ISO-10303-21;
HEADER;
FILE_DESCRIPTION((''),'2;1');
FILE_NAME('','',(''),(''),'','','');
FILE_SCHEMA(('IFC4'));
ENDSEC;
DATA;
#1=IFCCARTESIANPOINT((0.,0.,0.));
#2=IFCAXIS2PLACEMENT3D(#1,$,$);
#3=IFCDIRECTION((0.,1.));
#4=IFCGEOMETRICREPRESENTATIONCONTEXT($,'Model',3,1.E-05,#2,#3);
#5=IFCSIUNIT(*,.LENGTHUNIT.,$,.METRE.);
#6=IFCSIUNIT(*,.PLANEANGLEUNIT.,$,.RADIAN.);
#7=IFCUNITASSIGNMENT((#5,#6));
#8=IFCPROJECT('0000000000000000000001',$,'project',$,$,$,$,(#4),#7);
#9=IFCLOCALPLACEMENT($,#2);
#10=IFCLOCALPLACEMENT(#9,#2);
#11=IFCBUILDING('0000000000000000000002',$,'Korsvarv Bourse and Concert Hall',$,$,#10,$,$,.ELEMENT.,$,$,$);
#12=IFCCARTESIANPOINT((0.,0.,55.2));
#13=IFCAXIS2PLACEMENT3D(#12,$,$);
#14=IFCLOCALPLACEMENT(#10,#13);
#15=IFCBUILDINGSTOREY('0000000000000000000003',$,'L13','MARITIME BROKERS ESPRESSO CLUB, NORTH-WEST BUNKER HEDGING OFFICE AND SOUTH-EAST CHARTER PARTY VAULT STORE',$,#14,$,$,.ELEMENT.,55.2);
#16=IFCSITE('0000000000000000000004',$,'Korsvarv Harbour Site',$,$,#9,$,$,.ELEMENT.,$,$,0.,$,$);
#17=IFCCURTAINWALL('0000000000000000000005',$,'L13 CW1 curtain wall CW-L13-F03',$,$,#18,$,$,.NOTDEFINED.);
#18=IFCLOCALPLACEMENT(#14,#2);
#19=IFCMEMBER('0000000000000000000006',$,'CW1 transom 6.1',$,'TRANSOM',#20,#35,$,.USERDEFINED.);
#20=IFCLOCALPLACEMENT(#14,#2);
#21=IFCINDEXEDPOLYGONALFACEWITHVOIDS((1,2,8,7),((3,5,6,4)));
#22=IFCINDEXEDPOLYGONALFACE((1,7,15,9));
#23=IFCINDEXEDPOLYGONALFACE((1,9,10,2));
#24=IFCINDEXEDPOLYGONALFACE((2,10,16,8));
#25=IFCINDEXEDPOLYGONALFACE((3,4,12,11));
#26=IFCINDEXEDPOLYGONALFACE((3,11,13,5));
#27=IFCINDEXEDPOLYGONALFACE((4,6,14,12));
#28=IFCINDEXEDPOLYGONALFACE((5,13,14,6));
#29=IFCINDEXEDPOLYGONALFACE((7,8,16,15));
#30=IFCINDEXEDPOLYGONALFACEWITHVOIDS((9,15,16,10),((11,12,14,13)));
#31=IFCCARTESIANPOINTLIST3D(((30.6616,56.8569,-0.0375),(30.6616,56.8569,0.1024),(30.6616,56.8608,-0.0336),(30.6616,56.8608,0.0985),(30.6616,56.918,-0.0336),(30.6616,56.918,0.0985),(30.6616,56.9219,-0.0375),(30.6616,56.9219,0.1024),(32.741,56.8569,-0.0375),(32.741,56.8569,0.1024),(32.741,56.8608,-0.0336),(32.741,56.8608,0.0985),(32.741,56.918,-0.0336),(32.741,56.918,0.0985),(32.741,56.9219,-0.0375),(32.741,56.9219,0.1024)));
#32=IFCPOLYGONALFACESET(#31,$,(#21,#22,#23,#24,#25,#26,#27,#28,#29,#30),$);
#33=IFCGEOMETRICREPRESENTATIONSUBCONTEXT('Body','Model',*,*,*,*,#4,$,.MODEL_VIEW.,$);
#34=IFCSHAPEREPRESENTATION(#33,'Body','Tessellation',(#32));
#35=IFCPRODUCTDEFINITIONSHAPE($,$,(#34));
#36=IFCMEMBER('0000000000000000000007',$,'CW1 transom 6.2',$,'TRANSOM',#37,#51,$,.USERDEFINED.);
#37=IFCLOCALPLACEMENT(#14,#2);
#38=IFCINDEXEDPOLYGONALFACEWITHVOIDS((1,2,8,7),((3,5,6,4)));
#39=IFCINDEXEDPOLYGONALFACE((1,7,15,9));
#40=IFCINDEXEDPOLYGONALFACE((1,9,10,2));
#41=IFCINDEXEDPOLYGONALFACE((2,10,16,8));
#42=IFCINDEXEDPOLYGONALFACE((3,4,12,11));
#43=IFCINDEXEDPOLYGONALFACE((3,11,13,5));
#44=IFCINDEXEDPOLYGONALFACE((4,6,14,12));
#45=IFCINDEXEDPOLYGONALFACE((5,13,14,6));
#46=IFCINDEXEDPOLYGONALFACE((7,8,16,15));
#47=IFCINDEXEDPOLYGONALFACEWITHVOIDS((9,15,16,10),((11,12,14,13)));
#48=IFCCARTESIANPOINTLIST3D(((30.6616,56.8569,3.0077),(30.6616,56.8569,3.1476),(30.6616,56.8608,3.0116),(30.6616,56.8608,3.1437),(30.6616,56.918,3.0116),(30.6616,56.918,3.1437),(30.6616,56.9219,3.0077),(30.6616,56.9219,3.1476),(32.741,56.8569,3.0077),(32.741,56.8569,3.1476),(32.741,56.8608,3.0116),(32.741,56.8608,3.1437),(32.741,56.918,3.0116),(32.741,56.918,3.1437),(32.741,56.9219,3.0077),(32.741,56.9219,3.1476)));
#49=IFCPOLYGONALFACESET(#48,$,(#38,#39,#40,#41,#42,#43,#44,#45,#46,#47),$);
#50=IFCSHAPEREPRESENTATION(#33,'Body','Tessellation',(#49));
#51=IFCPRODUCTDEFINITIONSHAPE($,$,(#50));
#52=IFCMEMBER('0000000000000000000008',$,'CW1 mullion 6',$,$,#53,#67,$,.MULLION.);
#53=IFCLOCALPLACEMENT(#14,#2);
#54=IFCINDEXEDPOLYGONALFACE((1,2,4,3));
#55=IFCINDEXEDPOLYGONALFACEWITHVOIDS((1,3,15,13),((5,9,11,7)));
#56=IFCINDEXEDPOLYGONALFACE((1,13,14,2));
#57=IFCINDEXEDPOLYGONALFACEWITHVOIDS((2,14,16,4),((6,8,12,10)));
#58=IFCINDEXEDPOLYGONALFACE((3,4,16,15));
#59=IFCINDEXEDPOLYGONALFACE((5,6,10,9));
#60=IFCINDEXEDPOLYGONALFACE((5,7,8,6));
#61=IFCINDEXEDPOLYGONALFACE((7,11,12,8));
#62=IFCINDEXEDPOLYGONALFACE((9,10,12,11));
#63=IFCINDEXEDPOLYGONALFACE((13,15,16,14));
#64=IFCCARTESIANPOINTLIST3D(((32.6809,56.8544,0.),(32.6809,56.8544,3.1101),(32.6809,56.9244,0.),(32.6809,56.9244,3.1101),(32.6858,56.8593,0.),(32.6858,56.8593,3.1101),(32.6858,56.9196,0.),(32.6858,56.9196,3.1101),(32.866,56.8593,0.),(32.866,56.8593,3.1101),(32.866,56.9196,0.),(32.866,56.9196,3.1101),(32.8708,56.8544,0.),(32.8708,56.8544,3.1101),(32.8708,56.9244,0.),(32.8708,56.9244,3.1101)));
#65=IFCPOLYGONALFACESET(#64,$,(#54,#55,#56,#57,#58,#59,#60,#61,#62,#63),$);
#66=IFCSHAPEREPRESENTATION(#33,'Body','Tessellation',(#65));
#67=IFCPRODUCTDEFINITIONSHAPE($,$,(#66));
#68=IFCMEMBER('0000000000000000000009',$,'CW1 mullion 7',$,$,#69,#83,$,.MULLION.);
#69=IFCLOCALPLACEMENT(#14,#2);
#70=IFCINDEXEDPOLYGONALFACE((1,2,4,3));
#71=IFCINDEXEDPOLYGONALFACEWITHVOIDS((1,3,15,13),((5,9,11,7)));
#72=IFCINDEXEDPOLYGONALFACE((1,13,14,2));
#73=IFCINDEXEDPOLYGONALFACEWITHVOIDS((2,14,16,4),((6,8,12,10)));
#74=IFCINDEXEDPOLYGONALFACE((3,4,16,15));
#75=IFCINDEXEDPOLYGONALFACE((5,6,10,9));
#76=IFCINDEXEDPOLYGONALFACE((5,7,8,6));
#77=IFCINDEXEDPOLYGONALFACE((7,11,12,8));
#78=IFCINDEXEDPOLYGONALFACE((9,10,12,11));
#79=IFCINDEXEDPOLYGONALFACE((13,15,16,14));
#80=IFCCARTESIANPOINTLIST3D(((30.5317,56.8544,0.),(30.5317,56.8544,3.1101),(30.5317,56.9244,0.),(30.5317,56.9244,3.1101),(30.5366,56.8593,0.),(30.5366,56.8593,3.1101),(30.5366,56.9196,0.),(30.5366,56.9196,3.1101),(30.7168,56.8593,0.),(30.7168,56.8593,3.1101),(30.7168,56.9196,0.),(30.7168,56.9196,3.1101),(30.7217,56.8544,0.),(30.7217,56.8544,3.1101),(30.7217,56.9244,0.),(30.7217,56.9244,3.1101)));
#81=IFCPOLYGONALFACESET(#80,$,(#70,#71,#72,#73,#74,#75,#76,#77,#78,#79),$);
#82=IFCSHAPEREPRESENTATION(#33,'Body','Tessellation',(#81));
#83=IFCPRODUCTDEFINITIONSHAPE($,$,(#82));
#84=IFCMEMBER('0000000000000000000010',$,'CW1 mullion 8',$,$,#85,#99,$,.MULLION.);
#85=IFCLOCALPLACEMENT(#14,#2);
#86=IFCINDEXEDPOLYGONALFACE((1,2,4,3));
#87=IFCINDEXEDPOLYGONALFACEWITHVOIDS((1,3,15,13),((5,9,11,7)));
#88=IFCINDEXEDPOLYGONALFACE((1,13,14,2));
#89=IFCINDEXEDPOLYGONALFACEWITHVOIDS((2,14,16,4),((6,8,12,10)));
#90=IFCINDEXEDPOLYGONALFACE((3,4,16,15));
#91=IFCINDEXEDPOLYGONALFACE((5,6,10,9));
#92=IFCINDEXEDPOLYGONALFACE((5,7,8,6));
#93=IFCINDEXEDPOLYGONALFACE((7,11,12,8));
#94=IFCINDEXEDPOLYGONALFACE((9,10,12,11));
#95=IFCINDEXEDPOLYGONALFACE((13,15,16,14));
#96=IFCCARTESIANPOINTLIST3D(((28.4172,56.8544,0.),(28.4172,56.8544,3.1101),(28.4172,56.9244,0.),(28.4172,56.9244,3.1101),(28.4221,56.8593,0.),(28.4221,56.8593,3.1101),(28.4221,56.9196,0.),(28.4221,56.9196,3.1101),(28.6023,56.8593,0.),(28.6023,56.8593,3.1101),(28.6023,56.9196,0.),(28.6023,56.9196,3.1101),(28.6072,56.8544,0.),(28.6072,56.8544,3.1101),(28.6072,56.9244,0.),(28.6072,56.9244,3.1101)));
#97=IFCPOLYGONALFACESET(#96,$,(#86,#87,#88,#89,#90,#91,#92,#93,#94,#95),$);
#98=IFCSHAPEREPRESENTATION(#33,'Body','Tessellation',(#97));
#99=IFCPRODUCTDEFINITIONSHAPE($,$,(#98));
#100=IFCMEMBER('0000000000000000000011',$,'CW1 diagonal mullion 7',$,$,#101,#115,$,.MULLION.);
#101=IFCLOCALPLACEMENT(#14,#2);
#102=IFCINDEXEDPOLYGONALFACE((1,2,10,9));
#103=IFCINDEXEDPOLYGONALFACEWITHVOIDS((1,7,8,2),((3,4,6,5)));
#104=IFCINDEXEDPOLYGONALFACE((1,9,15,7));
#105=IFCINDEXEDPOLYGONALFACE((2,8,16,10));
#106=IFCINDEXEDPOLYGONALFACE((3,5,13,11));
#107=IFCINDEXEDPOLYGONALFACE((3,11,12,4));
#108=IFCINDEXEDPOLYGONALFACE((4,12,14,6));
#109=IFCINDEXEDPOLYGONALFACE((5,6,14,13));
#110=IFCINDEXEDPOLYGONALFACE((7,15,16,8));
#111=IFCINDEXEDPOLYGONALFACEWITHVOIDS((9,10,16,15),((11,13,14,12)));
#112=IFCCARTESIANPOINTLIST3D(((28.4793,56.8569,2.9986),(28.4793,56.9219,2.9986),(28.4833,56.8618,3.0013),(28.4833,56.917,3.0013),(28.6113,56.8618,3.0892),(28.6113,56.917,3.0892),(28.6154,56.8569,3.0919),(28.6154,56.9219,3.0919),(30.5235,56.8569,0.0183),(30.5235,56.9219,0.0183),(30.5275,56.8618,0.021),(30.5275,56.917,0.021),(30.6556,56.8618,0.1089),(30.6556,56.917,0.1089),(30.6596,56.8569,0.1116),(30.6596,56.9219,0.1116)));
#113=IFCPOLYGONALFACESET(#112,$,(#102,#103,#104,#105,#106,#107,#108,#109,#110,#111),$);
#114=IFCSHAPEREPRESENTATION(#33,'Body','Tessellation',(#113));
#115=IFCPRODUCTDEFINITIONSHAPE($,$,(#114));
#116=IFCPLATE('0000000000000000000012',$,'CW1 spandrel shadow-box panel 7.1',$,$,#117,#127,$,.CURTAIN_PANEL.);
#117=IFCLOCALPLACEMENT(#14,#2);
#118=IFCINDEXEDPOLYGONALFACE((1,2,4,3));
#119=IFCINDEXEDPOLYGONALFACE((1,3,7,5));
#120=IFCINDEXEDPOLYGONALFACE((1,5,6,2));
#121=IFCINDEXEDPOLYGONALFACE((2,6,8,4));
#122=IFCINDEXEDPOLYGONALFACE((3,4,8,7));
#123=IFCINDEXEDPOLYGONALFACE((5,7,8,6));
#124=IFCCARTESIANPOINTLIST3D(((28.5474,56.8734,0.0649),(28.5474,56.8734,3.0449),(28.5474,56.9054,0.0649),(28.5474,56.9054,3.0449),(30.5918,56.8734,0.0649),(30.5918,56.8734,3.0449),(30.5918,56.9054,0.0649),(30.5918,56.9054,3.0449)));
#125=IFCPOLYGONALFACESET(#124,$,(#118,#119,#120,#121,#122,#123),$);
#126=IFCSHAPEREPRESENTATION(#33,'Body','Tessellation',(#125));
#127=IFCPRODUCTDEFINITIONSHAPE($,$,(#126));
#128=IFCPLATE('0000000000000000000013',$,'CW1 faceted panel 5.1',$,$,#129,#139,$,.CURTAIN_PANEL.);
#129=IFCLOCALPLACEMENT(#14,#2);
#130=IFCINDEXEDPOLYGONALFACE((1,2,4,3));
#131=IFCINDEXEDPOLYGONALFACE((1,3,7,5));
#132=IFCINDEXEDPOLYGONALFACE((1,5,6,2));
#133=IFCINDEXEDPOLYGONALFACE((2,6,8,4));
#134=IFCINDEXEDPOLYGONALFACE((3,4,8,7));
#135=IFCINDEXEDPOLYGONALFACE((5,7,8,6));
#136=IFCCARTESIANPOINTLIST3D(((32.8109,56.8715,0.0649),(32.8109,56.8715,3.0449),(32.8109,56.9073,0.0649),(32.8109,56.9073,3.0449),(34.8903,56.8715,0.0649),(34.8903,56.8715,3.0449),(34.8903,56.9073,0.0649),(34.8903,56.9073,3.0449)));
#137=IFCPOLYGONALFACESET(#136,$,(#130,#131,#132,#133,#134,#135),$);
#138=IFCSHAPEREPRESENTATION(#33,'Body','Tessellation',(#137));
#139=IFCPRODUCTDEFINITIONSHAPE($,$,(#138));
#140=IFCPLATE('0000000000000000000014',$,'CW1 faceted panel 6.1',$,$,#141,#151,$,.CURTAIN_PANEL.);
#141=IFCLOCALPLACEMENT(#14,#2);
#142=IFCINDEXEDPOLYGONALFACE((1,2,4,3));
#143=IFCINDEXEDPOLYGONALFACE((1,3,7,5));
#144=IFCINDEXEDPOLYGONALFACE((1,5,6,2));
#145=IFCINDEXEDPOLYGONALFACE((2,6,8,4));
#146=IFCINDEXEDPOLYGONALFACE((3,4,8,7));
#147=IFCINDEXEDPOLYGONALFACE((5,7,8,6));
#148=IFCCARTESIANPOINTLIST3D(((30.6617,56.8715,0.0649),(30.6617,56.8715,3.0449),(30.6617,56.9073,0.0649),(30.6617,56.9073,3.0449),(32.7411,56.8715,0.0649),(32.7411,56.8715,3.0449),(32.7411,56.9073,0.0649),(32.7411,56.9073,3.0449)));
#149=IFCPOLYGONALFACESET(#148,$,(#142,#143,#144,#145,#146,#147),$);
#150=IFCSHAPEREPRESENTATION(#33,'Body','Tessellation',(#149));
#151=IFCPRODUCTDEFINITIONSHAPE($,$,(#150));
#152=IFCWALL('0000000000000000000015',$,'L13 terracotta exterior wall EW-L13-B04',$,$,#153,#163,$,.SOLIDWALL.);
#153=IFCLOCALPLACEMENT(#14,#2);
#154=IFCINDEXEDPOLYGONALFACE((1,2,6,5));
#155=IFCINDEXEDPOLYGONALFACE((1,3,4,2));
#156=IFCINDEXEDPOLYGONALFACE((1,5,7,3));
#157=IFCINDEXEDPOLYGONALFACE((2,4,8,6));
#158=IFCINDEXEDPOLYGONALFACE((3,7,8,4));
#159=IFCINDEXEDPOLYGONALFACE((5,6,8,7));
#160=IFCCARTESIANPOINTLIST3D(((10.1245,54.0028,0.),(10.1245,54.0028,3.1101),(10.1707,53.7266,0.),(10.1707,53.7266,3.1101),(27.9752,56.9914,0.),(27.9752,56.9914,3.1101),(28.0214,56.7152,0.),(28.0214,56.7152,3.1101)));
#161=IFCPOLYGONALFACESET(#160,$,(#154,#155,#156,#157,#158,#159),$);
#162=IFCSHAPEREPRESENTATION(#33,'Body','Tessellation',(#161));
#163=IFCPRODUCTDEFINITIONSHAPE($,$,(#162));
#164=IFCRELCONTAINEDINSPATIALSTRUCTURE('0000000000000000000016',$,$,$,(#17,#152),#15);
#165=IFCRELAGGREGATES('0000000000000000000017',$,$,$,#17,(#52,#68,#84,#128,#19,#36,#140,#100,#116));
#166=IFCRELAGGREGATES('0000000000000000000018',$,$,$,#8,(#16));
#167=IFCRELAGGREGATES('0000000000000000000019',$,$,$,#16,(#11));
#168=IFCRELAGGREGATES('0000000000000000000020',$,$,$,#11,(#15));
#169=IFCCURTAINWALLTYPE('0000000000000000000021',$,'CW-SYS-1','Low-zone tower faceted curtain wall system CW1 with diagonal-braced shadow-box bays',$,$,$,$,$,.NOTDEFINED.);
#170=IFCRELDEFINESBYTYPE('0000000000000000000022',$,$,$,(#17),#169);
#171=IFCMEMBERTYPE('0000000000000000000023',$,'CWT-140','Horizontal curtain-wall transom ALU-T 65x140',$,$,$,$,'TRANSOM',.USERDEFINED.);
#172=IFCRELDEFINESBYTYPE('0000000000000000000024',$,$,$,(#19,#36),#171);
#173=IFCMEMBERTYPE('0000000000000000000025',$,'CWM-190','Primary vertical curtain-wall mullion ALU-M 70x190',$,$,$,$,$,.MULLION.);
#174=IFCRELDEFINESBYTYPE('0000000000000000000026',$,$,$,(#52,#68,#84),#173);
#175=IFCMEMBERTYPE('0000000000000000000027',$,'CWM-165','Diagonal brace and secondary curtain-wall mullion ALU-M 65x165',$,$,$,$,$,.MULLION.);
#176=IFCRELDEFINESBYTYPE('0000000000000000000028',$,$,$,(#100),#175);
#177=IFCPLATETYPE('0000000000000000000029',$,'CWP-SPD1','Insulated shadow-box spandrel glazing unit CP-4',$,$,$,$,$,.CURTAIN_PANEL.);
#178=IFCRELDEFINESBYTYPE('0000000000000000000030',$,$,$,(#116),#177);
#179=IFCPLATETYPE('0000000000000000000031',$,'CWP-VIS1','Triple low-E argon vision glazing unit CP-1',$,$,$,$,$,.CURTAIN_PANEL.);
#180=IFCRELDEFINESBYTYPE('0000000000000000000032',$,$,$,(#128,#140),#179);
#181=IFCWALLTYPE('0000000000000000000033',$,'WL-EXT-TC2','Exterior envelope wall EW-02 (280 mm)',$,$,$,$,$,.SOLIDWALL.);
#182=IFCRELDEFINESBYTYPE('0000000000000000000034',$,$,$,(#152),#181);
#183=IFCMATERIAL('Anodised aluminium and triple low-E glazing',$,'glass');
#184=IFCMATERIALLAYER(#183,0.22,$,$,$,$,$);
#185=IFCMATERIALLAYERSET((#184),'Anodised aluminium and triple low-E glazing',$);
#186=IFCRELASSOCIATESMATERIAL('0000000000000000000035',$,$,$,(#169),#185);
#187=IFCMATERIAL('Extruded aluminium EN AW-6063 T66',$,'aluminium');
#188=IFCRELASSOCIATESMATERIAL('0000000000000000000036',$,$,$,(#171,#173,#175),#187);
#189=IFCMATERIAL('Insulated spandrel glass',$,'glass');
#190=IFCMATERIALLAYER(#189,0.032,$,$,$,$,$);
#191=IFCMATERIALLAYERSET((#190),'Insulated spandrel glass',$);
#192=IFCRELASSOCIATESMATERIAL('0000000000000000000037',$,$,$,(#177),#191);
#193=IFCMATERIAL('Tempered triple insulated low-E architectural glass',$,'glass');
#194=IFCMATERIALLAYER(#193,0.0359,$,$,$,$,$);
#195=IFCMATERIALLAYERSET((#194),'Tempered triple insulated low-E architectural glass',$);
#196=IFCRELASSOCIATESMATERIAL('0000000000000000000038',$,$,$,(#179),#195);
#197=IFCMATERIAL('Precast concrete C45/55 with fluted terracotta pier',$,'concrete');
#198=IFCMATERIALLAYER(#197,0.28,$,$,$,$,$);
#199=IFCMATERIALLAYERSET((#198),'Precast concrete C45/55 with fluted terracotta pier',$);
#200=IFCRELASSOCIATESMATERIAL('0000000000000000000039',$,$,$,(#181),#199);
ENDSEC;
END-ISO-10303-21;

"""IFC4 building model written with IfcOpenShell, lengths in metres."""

from ifc_helpers import new_model, si_unit, direction, frame, frame_2d, origin, origin_2d, place, context, subcontext, project, spatial, rectangle, hollow_rectangle, extrude, source, transform, mapped, material, layer, layer_set, material_profile, profile_set, type_object, element, aggregate, save


model = new_model("IFC4")

# Units and contexts
model_context = context("Model", 3, precision=1e-05, world=origin(), true_north=direction((0.0, 1.0)))
body_context = subcontext(model_context, "Body", "Model", "MODEL_VIEW")
ifc_project = project(units=[si_unit("LENGTHUNIT", "METRE"), si_unit("PLANEANGLEUNIT", "RADIAN")], contexts=[model_context])

# Site, building, storey
site_placement = place(None, origin())
site = spatial("IfcSite", under=ifc_project, at=site_placement, Name="Korsvarv Harbour Site", CompositionType="ELEMENT", RefElevation=0.0)
building_placement = place(site_placement, origin())
building = spatial("IfcBuilding", under=site, at=building_placement, Name="Korsvarv Bourse and Concert Hall", CompositionType="ELEMENT")
storey_placement = place(building_placement, frame((0.0, 0.0, 55.2)))
storey = spatial("IfcBuildingStorey", under=building, at=storey_placement, Name="L13", Description="MARITIME BROKERS ESPRESSO CLUB, NORTH-WEST BUNKER HEDGING OFFICE AND SOUTH-EAST CHARTER PARTY VAULT STORE", CompositionType="ELEMENT", Elevation=55.2)

# Curtain wall, members, plates
ifc_material_1 = material(Name="Anodised aluminium and triple low-E glazing", Category="glass")
ifc_layer_1 = layer(ifc_material_1, 0.22)
ifc_layer_set_1 = layer_set([ifc_layer_1], Name="Anodised aluminium and triple low-E glazing")
curtain_wall_type = type_object("IfcCurtainWallType", Name="CW-SYS-1", Description="Low-zone tower faceted curtain wall system CW1 with diagonal-braced shadow-box bays", PredefinedType="NOTDEFINED", material=ifc_layer_set_1)
curtain_wall_placement = place(storey_placement, origin())
curtain_wall = element("IfcCurtainWall", 1, at=curtain_wall_placement, inside=storey, type_object=curtain_wall_type, Name="L13 CW1 curtain wall CW-L13-F03", PredefinedType="NOTDEFINED")
ifc_material_2 = material(Name="Extruded aluminium EN AW-6063 T66", Category="aluminium")
ifc_material_profile_1 = material_profile(ifc_material_2, hollow_rectangle(XDim=0.0649, YDim=0.1399, WallThickness=0.0039, at=origin_2d()), Name="ALU-T 65x140")
ifc_profile_set_1 = profile_set([ifc_material_profile_1], Name="Extruded aluminium EN AW-6063 T66")
member_type_1 = type_object("IfcMemberType", Name="CWT-140", Description="Horizontal curtain-wall transom ALU-T 65x140", ElementType="TRANSOM", PredefinedType="USERDEFINED", material=ifc_profile_set_1)
shared_shape_1 = source(origin(), body_context, "Body", "SweptSolid", [
    extrude(hollow_rectangle(XDim=0.0649, YDim=0.1399, WallThickness=0.0039, at=origin_2d()), origin(), (0.0, 0.0, 1.0), 2.0793),
])
member_1_placement = place(storey_placement, frame((32.741, 56.8894, 0.0325), z_axis=(-1.0, 0.0, 0.0), x_axis=(0.0, -1.0, 0.0)))
member_1 = element("IfcMember", 2, at=member_1_placement, type_object=member_type_1, Name="CW1 transom 6.1", ObjectType="TRANSOM", PredefinedType="USERDEFINED", context=body_context, shape_type="MappedRepresentation", body=[
    mapped(shared_shape_1, transform((0.0, 0.0, 0.0), scale=1.0)),
])
member_2_placement = place(storey_placement, frame((32.741, 56.8894, 3.0776), z_axis=(-1.0, 0.0, 0.0), x_axis=(0.0, -1.0, 0.0)))
member_2 = element("IfcMember", 3, at=member_2_placement, type_object=member_type_1, Name="CW1 transom 6.2", ObjectType="TRANSOM", PredefinedType="USERDEFINED", context=body_context, shape_type="MappedRepresentation", body=[
    mapped(shared_shape_1, transform((0.0, 0.0, 0.0), scale=1.0)),
])
ifc_material_profile_2 = material_profile(ifc_material_2, hollow_rectangle(XDim=0.0701, YDim=0.1899, WallThickness=0.0049, at=origin_2d()), Name="ALU-M 70x190")
ifc_profile_set_2 = profile_set([ifc_material_profile_2], Name="Extruded aluminium EN AW-6063 T66")
member_type_2 = type_object("IfcMemberType", Name="CWM-190", Description="Primary vertical curtain-wall mullion ALU-M 70x190", PredefinedType="MULLION", material=ifc_profile_set_2)
shared_shape_2 = source(origin(), body_context, "Body", "SweptSolid", [
    extrude(hollow_rectangle(XDim=0.0701, YDim=0.1899, WallThickness=0.0049, at=origin_2d()), origin(), (0.0, 0.0, 1.0), 3.1101),
])
member_3_placement = place(storey_placement, frame((32.7759, 56.8894, 0.0), z_axis=(0.0, 0.0, 1.0), x_axis=(0.0, -1.0, 0.0)))
member_3 = element("IfcMember", 4, at=member_3_placement, type_object=member_type_2, Name="CW1 mullion 6", PredefinedType="MULLION", context=body_context, shape_type="MappedRepresentation", body=[
    mapped(shared_shape_2, transform((0.0, 0.0, 0.0), scale=1.0)),
])
member_4_placement = place(storey_placement, frame((30.6267, 56.8894, 0.0), z_axis=(0.0, 0.0, 1.0), x_axis=(0.0, -1.0, 0.0)))
member_4 = element("IfcMember", 5, at=member_4_placement, type_object=member_type_2, Name="CW1 mullion 7", PredefinedType="MULLION", context=body_context, shape_type="MappedRepresentation", body=[
    mapped(shared_shape_2, transform((0.0, 0.0, 0.0), scale=1.0)),
])
member_5_placement = place(storey_placement, frame((28.5122, 56.8894, 0.0), z_axis=(0.0, 0.0, 1.0), x_axis=(0.0, -1.0, 0.0)))
member_5 = element("IfcMember", 6, at=member_5_placement, type_object=member_type_2, Name="CW1 mullion 8", PredefinedType="MULLION", context=body_context, shape_type="MappedRepresentation", body=[
    mapped(shared_shape_2, transform((0.0, 0.0, 0.0), scale=1.0)),
])
ifc_material_profile_3 = material_profile(ifc_material_2, hollow_rectangle(XDim=0.0649, YDim=0.165, WallThickness=0.0049, at=origin_2d()), Name="ALU-M 65x165")
ifc_profile_set_3 = profile_set([ifc_material_profile_3], Name="Extruded aluminium EN AW-6063 T66")
member_type_3 = type_object("IfcMemberType", Name="CWM-165", Description="Diagonal brace and secondary curtain-wall mullion ALU-M 65x165", PredefinedType="MULLION", material=ifc_profile_set_3)
shared_shape_3 = source(origin(), body_context, "Body", "SweptSolid", [
    extrude(hollow_rectangle(XDim=0.0649, YDim=0.165, WallThickness=0.0049, at=origin_2d()), origin(), (0.0, 0.0, 1.0), 3.614),
])
member_6_placement = place(storey_placement, frame((30.5916, 56.8894, 0.0649), z_axis=(-0.565643, 0.0, 0.824651), x_axis=(0.0, -1.0, 0.0)))
member_6 = element("IfcMember", 7, at=member_6_placement, type_object=member_type_3, Name="CW1 diagonal mullion 7", PredefinedType="MULLION", context=body_context, shape_type="MappedRepresentation", body=[
    mapped(shared_shape_3, transform((0.0, 0.0, 0.0), scale=1.0)),
])
ifc_material_3 = material(Name="Insulated spandrel glass", Category="glass")
ifc_layer_2 = layer(ifc_material_3, 0.032)
ifc_layer_set_2 = layer_set([ifc_layer_2], Name="Insulated spandrel glass")
plate_type_1 = type_object("IfcPlateType", Name="CWP-SPD1", Description="Insulated shadow-box spandrel glazing unit CP-4", PredefinedType="CURTAIN_PANEL", material=ifc_layer_set_2)
shared_shape_4 = source(origin(), body_context, "Body", "SweptSolid", [
    extrude(rectangle(XDim=2.0444, YDim=0.032, at=origin_2d()), origin(), (0.0, 0.0, 1.0), 2.98),
])
plate_1_placement = place(storey_placement, frame((29.5696, 56.8894, 0.0649), z_axis=(0.0, 0.0, 1.0), x_axis=(-1.0, 0.0, 0.0)))
plate_1 = element("IfcPlate", 8, at=plate_1_placement, type_object=plate_type_1, Name="CW1 spandrel shadow-box panel 7.1", PredefinedType="CURTAIN_PANEL", context=body_context, shape_type="MappedRepresentation", body=[
    mapped(shared_shape_4, transform((0.0, 0.0, 0.0), scale=1.0)),
])
ifc_material_4 = material(Name="Tempered triple insulated low-E architectural glass", Category="glass")
ifc_layer_3 = layer(ifc_material_4, 0.0359)
ifc_layer_set_3 = layer_set([ifc_layer_3], Name="Tempered triple insulated low-E architectural glass")
plate_type_2 = type_object("IfcPlateType", Name="CWP-VIS1", Description="Triple low-E argon vision glazing unit CP-1", PredefinedType="CURTAIN_PANEL", material=ifc_layer_set_3)
shared_shape_5 = source(origin(), body_context, "Body", "SweptSolid", [
    extrude(rectangle(XDim=2.0793, YDim=0.0359, at=origin_2d()), origin(), (0.0, 0.0, 1.0), 2.98),
])
plate_2_placement = place(storey_placement, frame((33.8506, 56.8894, 0.0649), z_axis=(0.0, 0.0, 1.0), x_axis=(-1.0, 0.0, 0.0)))
plate_2 = element("IfcPlate", 9, at=plate_2_placement, type_object=plate_type_2, Name="CW1 faceted panel 5.1", PredefinedType="CURTAIN_PANEL", context=body_context, shape_type="MappedRepresentation", body=[
    mapped(shared_shape_5, transform((0.0, 0.0, 0.0), scale=1.0)),
])
plate_3_placement = place(storey_placement, frame((31.7014, 56.8894, 0.0649), z_axis=(0.0, 0.0, 1.0), x_axis=(-1.0, 0.0, 0.0)))
plate_3 = element("IfcPlate", 10, at=plate_3_placement, type_object=plate_type_2, Name="CW1 faceted panel 6.1", PredefinedType="CURTAIN_PANEL", context=body_context, shape_type="MappedRepresentation", body=[
    mapped(shared_shape_5, transform((0.0, 0.0, 0.0), scale=1.0)),
])
aggregate(curtain_wall, [member_3, member_4, member_5, plate_2, member_1, member_2, plate_3, member_6, plate_1])

# Wall
ifc_material_5 = material(Name="Precast concrete C45/55 with fluted terracotta pier", Category="concrete")
ifc_layer_4 = layer(ifc_material_5, 0.28)
ifc_layer_set_4 = layer_set([ifc_layer_4], Name="Precast concrete C45/55 with fluted terracotta pier")
wall_type_1 = type_object("IfcWallType", Name="WL-EXT-TC2", Description="Exterior envelope wall EW-02 (280 mm)", PredefinedType="SOLIDWALL", material=ifc_layer_set_4)
wall_1_placement = place(storey_placement, frame((27.9983, 56.8533, 0.0), z_axis=(0.0, 0.0, 1.0), x_axis=(-0.986273, -0.165121, 0.0)))
element("IfcWall", 11, at=wall_1_placement, inside=storey, type_object=wall_type_1, Name="L13 terracotta exterior wall EW-L13-B04", PredefinedType="SOLIDWALL", context=body_context, shape_type="SweptSolid", body=[
    extrude(rectangle(XDim=18.0991, YDim=0.28, at=frame_2d((9.0496, 0.0))), origin(), (0.0, 0.0, 1.0), 3.1101),
])

save(model, "model.ifc")
